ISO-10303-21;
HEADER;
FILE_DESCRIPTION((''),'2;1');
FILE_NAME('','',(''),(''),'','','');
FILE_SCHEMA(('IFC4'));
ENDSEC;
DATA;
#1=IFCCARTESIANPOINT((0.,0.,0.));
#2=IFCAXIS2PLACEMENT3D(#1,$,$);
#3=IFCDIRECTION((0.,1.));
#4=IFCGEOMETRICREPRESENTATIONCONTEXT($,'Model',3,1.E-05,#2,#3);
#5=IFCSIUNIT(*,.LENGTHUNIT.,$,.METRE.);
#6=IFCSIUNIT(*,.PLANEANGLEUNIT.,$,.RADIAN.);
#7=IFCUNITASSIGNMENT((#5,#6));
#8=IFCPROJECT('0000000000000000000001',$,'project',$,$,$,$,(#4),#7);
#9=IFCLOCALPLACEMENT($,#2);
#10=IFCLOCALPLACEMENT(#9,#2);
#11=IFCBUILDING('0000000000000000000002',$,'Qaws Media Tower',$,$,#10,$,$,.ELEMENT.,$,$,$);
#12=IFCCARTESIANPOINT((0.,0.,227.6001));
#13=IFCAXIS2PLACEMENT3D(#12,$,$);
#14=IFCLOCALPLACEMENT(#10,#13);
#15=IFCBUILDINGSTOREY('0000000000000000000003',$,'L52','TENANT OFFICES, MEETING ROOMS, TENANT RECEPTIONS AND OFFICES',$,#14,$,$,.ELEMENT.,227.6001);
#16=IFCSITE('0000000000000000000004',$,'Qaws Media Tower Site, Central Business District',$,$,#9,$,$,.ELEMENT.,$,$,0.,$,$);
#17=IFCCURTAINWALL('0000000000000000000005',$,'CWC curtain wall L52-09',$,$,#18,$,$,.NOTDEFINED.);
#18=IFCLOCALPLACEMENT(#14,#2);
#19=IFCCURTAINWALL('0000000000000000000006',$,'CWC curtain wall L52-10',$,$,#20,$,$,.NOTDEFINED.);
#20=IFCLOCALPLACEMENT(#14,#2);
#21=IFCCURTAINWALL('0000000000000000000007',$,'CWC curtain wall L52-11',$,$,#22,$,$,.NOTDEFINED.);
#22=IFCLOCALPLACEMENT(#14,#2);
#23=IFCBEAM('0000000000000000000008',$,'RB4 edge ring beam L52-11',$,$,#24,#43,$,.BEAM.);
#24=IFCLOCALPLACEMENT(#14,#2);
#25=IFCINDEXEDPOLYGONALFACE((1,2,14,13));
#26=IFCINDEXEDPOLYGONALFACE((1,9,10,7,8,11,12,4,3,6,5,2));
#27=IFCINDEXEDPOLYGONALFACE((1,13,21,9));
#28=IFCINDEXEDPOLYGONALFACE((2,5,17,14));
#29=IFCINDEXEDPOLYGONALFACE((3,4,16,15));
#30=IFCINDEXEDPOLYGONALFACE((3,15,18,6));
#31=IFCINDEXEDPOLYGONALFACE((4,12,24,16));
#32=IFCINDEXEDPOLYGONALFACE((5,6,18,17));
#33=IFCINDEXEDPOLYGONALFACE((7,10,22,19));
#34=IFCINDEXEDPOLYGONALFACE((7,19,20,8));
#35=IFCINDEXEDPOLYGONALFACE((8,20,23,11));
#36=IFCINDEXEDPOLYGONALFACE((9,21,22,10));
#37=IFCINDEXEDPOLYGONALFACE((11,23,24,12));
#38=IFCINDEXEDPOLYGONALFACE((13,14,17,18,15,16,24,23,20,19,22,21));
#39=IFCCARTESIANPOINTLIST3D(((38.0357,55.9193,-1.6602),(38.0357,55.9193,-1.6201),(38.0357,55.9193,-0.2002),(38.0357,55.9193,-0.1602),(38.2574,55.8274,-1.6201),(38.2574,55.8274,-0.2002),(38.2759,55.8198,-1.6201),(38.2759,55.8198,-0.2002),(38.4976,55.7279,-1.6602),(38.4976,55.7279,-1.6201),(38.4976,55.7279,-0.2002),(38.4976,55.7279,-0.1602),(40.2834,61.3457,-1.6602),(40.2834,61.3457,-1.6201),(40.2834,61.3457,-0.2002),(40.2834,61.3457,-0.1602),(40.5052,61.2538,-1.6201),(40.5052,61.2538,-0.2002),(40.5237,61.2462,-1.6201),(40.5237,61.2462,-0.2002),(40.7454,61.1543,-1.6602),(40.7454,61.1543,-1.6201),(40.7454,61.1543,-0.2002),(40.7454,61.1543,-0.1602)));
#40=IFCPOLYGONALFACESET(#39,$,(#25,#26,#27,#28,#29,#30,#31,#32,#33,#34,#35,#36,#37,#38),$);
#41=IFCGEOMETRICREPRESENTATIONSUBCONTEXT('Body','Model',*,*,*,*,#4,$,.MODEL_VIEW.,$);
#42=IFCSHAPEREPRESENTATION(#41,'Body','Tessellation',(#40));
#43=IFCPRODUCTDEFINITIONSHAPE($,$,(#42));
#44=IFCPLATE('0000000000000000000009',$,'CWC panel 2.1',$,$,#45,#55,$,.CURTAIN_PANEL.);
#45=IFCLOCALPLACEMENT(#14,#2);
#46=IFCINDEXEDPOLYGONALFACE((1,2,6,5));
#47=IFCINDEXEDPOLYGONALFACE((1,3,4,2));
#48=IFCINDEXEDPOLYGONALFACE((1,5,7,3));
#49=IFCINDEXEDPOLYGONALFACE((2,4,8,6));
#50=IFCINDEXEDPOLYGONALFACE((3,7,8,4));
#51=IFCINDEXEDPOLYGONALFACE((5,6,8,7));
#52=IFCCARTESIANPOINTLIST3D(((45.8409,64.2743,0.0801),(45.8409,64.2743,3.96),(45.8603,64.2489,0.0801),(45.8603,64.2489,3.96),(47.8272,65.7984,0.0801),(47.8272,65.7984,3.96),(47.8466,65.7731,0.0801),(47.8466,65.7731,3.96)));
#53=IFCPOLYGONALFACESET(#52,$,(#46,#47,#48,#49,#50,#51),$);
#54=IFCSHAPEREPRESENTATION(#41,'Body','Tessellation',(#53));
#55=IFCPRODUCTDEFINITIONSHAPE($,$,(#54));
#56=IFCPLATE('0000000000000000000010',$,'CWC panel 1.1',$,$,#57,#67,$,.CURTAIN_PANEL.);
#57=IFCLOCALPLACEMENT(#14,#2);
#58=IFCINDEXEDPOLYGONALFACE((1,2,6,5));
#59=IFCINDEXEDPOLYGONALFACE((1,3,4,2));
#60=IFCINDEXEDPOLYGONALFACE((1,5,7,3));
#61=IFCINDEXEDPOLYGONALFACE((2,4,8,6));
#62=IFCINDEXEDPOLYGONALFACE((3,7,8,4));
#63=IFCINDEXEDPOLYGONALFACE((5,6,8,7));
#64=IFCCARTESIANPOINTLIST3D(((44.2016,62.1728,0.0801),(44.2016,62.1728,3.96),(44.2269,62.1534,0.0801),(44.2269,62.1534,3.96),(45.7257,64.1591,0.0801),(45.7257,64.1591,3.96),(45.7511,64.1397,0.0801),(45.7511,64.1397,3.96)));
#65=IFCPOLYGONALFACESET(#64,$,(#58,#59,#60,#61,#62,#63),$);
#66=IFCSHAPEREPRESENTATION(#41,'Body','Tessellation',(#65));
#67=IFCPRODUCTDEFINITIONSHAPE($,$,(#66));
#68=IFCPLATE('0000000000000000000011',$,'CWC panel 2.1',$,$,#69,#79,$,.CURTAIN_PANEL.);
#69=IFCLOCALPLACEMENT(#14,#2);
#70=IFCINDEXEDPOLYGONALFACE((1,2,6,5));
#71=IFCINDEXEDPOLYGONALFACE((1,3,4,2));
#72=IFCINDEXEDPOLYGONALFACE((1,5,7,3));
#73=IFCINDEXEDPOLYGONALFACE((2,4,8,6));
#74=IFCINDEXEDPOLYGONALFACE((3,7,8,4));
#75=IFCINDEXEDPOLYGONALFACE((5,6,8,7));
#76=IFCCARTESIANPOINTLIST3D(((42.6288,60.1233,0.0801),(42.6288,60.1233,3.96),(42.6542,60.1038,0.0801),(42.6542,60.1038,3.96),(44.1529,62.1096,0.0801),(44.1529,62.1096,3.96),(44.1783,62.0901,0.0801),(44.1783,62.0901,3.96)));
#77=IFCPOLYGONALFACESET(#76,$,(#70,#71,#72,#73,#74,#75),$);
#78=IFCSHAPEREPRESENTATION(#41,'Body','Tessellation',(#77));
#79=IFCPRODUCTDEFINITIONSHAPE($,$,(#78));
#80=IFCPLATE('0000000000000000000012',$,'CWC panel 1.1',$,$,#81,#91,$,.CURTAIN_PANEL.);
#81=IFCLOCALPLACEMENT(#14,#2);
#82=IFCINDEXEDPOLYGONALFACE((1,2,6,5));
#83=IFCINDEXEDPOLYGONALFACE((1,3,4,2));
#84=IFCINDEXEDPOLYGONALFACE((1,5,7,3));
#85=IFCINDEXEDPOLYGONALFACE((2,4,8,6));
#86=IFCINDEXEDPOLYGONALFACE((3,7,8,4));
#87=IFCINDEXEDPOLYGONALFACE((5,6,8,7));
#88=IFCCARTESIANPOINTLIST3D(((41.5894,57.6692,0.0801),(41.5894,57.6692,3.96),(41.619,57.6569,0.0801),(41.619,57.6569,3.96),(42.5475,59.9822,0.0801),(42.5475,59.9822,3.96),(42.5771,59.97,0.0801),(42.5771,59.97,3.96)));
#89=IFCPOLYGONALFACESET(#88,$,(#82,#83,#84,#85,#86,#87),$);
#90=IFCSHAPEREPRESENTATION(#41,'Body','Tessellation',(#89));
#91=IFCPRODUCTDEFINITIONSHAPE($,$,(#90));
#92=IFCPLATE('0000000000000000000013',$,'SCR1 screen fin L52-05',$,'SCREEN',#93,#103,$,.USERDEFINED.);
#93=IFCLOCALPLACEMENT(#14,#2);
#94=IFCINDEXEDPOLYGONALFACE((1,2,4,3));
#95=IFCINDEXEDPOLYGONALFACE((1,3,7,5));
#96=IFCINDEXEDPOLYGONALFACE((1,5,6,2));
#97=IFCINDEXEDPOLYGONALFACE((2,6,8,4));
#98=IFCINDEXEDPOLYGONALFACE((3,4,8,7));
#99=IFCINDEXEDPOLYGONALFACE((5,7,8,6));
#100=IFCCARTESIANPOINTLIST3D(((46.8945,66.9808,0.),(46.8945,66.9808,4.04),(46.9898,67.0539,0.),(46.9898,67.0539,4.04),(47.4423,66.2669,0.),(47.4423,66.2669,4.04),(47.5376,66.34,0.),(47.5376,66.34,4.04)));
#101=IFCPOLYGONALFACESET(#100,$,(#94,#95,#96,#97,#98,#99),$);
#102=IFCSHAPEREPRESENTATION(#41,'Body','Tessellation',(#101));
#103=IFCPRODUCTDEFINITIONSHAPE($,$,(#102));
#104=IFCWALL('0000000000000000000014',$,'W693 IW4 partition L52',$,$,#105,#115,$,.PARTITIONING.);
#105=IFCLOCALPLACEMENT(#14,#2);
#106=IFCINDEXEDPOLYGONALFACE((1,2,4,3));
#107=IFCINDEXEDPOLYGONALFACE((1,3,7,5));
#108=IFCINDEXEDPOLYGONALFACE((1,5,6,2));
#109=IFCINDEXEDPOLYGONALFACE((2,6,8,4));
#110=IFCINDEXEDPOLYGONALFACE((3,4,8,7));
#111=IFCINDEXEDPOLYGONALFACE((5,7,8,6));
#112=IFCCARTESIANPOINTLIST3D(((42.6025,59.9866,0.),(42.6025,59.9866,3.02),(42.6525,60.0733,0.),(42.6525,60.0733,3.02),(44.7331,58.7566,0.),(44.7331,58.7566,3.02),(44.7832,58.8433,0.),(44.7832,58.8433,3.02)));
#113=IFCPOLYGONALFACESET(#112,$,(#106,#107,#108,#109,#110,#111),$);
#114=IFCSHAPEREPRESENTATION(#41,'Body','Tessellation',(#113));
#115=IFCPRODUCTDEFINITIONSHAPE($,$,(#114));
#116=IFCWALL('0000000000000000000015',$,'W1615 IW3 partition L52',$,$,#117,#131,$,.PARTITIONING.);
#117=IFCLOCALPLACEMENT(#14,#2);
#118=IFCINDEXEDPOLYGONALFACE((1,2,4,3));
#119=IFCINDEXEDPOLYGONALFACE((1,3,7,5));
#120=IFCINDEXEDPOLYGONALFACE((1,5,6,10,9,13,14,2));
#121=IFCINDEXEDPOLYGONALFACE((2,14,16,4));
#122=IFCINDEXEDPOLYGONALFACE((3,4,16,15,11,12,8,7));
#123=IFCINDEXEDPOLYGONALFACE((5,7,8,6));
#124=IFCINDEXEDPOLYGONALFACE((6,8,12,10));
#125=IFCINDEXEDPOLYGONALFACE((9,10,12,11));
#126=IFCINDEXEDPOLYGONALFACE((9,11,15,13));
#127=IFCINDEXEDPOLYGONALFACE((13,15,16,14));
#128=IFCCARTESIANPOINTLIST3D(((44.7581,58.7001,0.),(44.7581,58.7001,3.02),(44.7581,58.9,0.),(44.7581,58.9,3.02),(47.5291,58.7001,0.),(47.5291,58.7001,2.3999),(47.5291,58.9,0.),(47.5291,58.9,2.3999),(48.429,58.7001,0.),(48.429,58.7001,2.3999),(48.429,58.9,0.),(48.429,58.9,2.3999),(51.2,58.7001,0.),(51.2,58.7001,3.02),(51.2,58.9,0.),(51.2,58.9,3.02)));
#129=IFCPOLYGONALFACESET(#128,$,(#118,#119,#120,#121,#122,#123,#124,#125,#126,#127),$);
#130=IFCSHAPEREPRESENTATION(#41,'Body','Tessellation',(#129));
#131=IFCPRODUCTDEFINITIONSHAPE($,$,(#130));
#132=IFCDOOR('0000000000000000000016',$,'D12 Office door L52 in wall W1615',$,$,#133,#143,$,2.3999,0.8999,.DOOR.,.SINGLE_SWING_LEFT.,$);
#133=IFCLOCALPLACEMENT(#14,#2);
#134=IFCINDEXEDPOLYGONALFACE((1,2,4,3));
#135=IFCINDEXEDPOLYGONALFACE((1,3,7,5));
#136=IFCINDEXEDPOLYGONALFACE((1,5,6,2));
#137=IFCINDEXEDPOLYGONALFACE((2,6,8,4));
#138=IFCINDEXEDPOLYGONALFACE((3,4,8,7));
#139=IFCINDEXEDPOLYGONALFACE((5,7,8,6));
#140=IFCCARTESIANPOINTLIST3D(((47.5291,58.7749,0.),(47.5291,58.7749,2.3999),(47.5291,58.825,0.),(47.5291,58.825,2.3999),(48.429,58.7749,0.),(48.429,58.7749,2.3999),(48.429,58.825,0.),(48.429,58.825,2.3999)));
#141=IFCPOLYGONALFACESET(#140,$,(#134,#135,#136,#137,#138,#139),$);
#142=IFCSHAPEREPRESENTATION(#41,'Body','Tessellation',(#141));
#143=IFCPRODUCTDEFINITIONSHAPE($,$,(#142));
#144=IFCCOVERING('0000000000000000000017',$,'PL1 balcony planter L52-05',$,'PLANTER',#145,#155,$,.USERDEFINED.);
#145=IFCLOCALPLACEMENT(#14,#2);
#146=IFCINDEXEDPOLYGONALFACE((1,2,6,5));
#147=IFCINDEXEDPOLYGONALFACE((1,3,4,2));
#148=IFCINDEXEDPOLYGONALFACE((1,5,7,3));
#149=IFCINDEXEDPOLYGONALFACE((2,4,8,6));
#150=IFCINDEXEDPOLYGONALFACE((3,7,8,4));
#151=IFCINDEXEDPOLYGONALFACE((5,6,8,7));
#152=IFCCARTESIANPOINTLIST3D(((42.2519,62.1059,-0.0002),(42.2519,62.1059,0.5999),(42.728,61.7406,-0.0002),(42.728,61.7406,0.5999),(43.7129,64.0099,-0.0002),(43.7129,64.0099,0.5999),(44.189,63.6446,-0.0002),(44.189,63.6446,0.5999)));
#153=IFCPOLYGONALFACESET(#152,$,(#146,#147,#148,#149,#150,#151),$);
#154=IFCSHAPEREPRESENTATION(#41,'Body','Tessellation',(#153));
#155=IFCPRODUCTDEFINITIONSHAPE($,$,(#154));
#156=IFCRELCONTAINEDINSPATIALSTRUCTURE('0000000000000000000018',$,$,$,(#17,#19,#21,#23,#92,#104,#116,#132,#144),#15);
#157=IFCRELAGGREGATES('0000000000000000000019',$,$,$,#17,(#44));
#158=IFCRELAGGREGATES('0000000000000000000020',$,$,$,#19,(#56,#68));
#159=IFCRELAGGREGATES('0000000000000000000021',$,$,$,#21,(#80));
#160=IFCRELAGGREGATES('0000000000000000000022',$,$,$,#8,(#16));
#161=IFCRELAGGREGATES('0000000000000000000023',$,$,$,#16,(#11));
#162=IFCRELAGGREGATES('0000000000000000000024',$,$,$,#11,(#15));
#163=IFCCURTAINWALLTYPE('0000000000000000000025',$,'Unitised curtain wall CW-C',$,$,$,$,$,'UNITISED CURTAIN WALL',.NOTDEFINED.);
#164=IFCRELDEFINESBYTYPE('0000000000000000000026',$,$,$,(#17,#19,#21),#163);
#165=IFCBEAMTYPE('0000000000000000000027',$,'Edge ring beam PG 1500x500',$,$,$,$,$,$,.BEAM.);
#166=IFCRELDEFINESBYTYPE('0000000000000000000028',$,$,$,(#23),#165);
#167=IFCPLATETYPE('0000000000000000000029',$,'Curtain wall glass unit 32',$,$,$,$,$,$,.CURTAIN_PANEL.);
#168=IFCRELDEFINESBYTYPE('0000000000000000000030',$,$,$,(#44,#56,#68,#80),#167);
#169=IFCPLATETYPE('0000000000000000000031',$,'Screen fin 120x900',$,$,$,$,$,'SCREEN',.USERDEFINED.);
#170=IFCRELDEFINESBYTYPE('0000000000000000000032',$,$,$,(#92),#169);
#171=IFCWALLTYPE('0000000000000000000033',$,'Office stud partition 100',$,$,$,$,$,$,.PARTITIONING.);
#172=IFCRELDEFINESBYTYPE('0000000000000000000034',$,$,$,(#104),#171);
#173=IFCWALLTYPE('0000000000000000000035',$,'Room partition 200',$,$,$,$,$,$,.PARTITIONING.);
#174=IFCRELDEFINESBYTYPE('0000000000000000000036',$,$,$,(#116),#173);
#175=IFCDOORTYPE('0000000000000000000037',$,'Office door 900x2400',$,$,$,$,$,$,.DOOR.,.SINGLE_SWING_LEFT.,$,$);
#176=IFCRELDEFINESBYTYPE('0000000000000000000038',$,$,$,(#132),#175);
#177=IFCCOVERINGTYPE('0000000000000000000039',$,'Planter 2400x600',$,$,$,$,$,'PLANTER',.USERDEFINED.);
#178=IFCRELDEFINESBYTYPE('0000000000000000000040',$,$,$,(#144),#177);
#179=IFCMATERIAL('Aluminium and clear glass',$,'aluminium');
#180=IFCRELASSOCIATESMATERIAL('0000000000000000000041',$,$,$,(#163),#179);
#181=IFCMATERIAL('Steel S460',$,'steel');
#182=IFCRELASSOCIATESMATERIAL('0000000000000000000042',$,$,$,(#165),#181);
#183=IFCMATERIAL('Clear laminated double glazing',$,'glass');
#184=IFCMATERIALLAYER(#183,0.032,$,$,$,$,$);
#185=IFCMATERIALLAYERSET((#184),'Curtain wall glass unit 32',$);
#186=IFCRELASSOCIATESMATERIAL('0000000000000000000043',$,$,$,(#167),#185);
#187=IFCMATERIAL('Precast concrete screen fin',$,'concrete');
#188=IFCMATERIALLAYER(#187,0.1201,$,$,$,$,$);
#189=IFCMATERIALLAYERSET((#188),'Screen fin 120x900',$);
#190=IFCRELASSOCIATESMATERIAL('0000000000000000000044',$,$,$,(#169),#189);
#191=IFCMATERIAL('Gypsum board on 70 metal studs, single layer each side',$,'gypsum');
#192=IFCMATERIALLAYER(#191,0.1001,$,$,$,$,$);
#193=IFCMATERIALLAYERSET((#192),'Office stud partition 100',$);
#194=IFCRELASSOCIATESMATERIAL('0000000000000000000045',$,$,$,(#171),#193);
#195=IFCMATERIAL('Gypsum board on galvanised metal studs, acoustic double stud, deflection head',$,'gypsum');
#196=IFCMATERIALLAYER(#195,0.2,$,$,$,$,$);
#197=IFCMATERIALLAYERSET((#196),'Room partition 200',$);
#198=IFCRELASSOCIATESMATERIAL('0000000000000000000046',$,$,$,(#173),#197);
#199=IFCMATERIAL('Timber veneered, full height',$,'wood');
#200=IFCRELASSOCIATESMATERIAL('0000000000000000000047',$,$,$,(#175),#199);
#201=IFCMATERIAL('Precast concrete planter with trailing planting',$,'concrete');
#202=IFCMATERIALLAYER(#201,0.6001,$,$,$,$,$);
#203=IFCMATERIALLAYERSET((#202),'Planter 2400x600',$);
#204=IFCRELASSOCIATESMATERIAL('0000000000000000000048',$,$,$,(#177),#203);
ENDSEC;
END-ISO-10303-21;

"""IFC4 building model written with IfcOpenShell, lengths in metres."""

from ifc_helpers import new_model, si_unit, direction, frame, frame_2d, origin, origin_2d, place, context, subcontext, project, spatial, rectangle, i_section, extrude, material, layer, layer_set, material_profile, profile_set, type_object, element, fill, aggregate, save


model = new_model("IFC4")

# Units and contexts
model_context = context("Model", 3, precision=1e-05, world=origin(), true_north=direction((0.0, 1.0)))
body_context = subcontext(model_context, "Body", "Model", "MODEL_VIEW")
ifc_project = project(units=[si_unit("LENGTHUNIT", "METRE"), si_unit("PLANEANGLEUNIT", "RADIAN")], contexts=[model_context])

# Site, building, storey
site_placement = place(None, origin())
site = spatial("IfcSite", under=ifc_project, at=site_placement, Name="Qaws Media Tower Site, Central Business District", CompositionType="ELEMENT", RefElevation=0.0)
building_placement = place(site_placement, origin())
building = spatial("IfcBuilding", under=site, at=building_placement, Name="Qaws Media Tower", CompositionType="ELEMENT")
storey_placement = place(building_placement, frame((0.0, 0.0, 227.6001)))
storey = spatial("IfcBuildingStorey", under=building, at=storey_placement, Name="L52", Description="TENANT OFFICES, MEETING ROOMS, TENANT RECEPTIONS AND OFFICES", CompositionType="ELEMENT", Elevation=227.6001)

# Curtain walls
ifc_material_1 = material(Name="Aluminium and clear glass", Category="aluminium")
curtain_wall_type = type_object("IfcCurtainWallType", Name="Unitised curtain wall CW-C", ElementType="UNITISED CURTAIN WALL", PredefinedType="NOTDEFINED", material=ifc_material_1)
curtain_wall_1_placement = place(storey_placement, origin())
curtain_wall_1 = element("IfcCurtainWall", 1, at=curtain_wall_1_placement, inside=storey, type_object=curtain_wall_type, Name="CWC curtain wall L52-09", PredefinedType="NOTDEFINED")
curtain_wall_2_placement = place(storey_placement, origin())
curtain_wall_2 = element("IfcCurtainWall", 2, at=curtain_wall_2_placement, inside=storey, type_object=curtain_wall_type, Name="CWC curtain wall L52-10", PredefinedType="NOTDEFINED")

# Curtain wall
curtain_wall_3_placement = place(storey_placement, origin())
curtain_wall_3 = element("IfcCurtainWall", 3, at=curtain_wall_3_placement, inside=storey, type_object=curtain_wall_type, Name="CWC curtain wall L52-11", PredefinedType="NOTDEFINED")

# Beam
ifc_material_2 = material(Name="Steel S460", Category="steel")
ifc_material_profile_1 = material_profile(ifc_material_2, i_section(OverallWidth=0.5, OverallDepth=1.5, WebThickness=0.02, FlangeThickness=0.04, at=origin_2d()), Name="PG 1500x500")
ifc_profile_set_1 = profile_set([ifc_material_profile_1], Name="Steel S460")
beam_type = type_object("IfcBeamType", Name="Edge ring beam PG 1500x500", PredefinedType="BEAM", material=ifc_profile_set_1)
beam_1_placement = place(storey_placement, frame((40.5144, 61.25, -0.9102), z_axis=(-0.382693, -0.923875, 0.0), x_axis=(0.923875, -0.382693, 0.0)))
element("IfcBeam", 4, at=beam_1_placement, inside=storey, type_object=beam_type, Name="RB4 edge ring beam L52-11", PredefinedType="BEAM", context=body_context, shape_type="SweptSolid", body=[
    extrude(i_section(OverallWidth=0.5, OverallDepth=1.5, WebThickness=0.02, FlangeThickness=0.04, at=origin_2d()), origin(), (0.0, 0.0, 1.0), 5.8735),
])

# Plates
ifc_material_3 = material(Name="Clear laminated double glazing", Category="glass")
ifc_layer_1 = layer(ifc_material_3, 0.032)
ifc_layer_set_1 = layer_set([ifc_layer_1], Name="Curtain wall glass unit 32")
plate_type_1 = type_object("IfcPlateType", Name="Curtain wall glass unit 32", PredefinedType="CURTAIN_PANEL", material=ifc_layer_set_1)
plate_1_placement = place(storey_placement, frame((46.8438, 65.0237, 0.0801), z_axis=(0.0, 0.0, 1.0), x_axis=(-0.793353, -0.608762, 0.0)))
plate_1 = element("IfcPlate", 5, at=plate_1_placement, type_object=plate_type_1, Name="CWC panel 2.1", PredefinedType="CURTAIN_PANEL", context=body_context, shape_type="SweptSolid", body=[
    extrude(rectangle(XDim=2.5037, YDim=0.032, at=origin_2d()), origin(), (0.0, 0.0, 1.0), 3.8799),
])
aggregate(curtain_wall_1, [plate_1])
plate_2_placement = place(storey_placement, frame((44.9763, 63.1562, 0.0801), z_axis=(0.0, 0.0, 1.0), x_axis=(-0.608762, -0.793353, 0.0)))
plate_2 = element("IfcPlate", 6, at=plate_2_placement, type_object=plate_type_1, Name="CWC panel 1.1", PredefinedType="CURTAIN_PANEL", context=body_context, shape_type="SweptSolid", body=[
    extrude(rectangle(XDim=2.5037, YDim=0.032, at=origin_2d()), origin(), (0.0, 0.0, 1.0), 3.8799),
])
plate_3_placement = place(storey_placement, frame((43.4036, 61.1067, 0.0801), z_axis=(0.0, 0.0, 1.0), x_axis=(-0.608762, -0.793353, 0.0)))
plate_3 = element("IfcPlate", 7, at=plate_3_placement, type_object=plate_type_1, Name="CWC panel 2.1", PredefinedType="CURTAIN_PANEL", context=body_context, shape_type="SweptSolid", body=[
    extrude(rectangle(XDim=2.5037, YDim=0.032, at=origin_2d()), origin(), (0.0, 0.0, 1.0), 3.8799),
])
aggregate(curtain_wall_2, [plate_2, plate_3])
plate_4_placement = place(storey_placement, frame((42.0833, 58.8196, 0.0801), z_axis=(0.0, 0.0, 1.0), x_axis=(-0.382683, -0.92388, 0.0)))
plate_4 = element("IfcPlate", 8, at=plate_4_placement, type_object=plate_type_1, Name="CWC panel 1.1", PredefinedType="CURTAIN_PANEL", context=body_context, shape_type="SweptSolid", body=[
    extrude(rectangle(XDim=2.5037, YDim=0.032, at=origin_2d()), origin(), (0.0, 0.0, 1.0), 3.8799),
])
aggregate(curtain_wall_3, [plate_4])
ifc_material_4 = material(Name="Precast concrete screen fin", Category="concrete")
ifc_layer_2 = layer(ifc_material_4, 0.1201)
ifc_layer_set_2 = layer_set([ifc_layer_2], Name="Screen fin 120x900")
plate_type_2 = type_object("IfcPlateType", Name="Screen fin 120x900", ElementType="SCREEN", PredefinedType="USERDEFINED", material=ifc_layer_set_2)
plate_5_placement = place(storey_placement, frame((47.2161, 66.6604, 0.0), z_axis=(0.0, 0.0, 1.0), x_axis=(-0.608761, 0.793353, 0.0)))
element("IfcPlate", 9, at=plate_5_placement, inside=storey, type_object=plate_type_2, Name="SCR1 screen fin L52-05", ObjectType="SCREEN", PredefinedType="USERDEFINED", context=body_context, shape_type="SweptSolid", body=[
    extrude(rectangle(XDim=0.8999, YDim=0.1201, at=origin_2d()), origin(), (0.0, 0.0, 1.0), 4.04),
])

# Wall
ifc_material_5 = material(Name="Gypsum board on 70 metal studs, single layer each side", Category="gypsum")
ifc_layer_3 = layer(ifc_material_5, 0.1001)
ifc_layer_set_3 = layer_set([ifc_layer_3], Name="Office stud partition 100")
wall_type_1 = type_object("IfcWallType", Name="Office stud partition 100", PredefinedType="PARTITIONING", material=ifc_layer_set_3)
wall_1_placement = place(storey_placement, frame((44.7581, 58.8, 0.0), z_axis=(0.0, 0.0, 1.0), x_axis=(-0.866048, 0.49996, 0.0)))
element("IfcWall", 10, at=wall_1_placement, inside=storey, type_object=wall_type_1, Name="W693 IW4 partition L52", PredefinedType="PARTITIONING", context=body_context, shape_type="SweptSolid", body=[
    extrude(rectangle(XDim=2.4602, YDim=0.1001, at=frame_2d((1.23, 0.0))), origin(), (0.0, 0.0, 1.0), 3.02),
])

# Wall, opening, door
ifc_material_6 = material(Name="Gypsum board on galvanised metal studs, acoustic double stud, deflection head", Category="gypsum")
ifc_layer_4 = layer(ifc_material_6, 0.2)
ifc_layer_set_4 = layer_set([ifc_layer_4], Name="Room partition 200")
wall_type_2 = type_object("IfcWallType", Name="Room partition 200", PredefinedType="PARTITIONING", material=ifc_layer_set_4)
wall_2_placement = place(storey_placement, frame((44.7581, 58.8, 0.0), z_axis=(0.0, 0.0, 1.0), x_axis=(1.0, 0.0, 0.0)))
wall_2 = element("IfcWall", 11, at=wall_2_placement, inside=storey, type_object=wall_type_2, Name="W1615 IW3 partition L52", PredefinedType="PARTITIONING", context=body_context, shape_type="SweptSolid", body=[
    extrude(rectangle(XDim=6.4419, YDim=0.2, at=frame_2d((3.2209, 0.0))), origin(), (0.0, 0.0, 1.0), 3.02),
])
opening_placement = place(wall_2_placement, frame((2.771, 0.0, 0.0)))
opening = element("IfcOpeningElement", 12, at=opening_placement, cuts=wall_2, PredefinedType="OPENING", context=body_context, shape_type="SweptSolid", body=[
    extrude(rectangle(XDim=0.8999, YDim=2.3999, at=frame_2d((0.45, 1.2))), frame((0.0, 0.1099, 0.0), z_axis=(0.0, -1.0, 0.0), x_axis=(1.0, 0.0, 0.0)), (0.0, 0.0, 1.0), 0.22),
])
ifc_material_7 = material(Name="Timber veneered, full height", Category="wood")
door_type = type_object("IfcDoorType", Name="Office door 900x2400", OperationType="SINGLE_SWING_LEFT", PredefinedType="DOOR", material=ifc_material_7)
door_placement = place(opening_placement, origin())
door = element("IfcDoor", 13, at=door_placement, inside=storey, type_object=door_type, Name="D12 Office door L52 in wall W1615", OperationType="SINGLE_SWING_LEFT", OverallHeight=2.3999, OverallWidth=0.8999, PredefinedType="DOOR", context=body_context, shape_type="SweptSolid", body=[
    extrude(rectangle(XDim=0.8999, YDim=2.3999, at=frame_2d((0.45, 1.2))), frame((0.0, 0.0249, 0.0), z_axis=(0.0, -1.0, 0.0), x_axis=(1.0, 0.0, 0.0)), (0.0, 0.0, 1.0), 0.05),
])
fill(opening, door)

# Covering
ifc_material_8 = material(Name="Precast concrete planter with trailing planting", Category="concrete")
ifc_layer_5 = layer(ifc_material_8, 0.6001)
ifc_layer_set_5 = layer_set([ifc_layer_5], Name="Planter 2400x600")
covering_type = type_object("IfcCoveringType", Name="Planter 2400x600", ElementType="PLANTER", PredefinedType="USERDEFINED", material=ifc_layer_set_5)
covering_placement = place(storey_placement, frame((43.2205, 62.8752, -0.0002), z_axis=(0.0, 0.0, 1.0), x_axis=(-0.608761, -0.793353, 0.0)))
element("IfcCovering", 14, at=covering_placement, inside=storey, type_object=covering_type, Name="PL1 balcony planter L52-05", ObjectType="PLANTER", PredefinedType="USERDEFINED", context=body_context, shape_type="SweptSolid", body=[
    extrude(rectangle(XDim=2.3999, YDim=0.6001, at=origin_2d()), origin(), (0.0, 0.0, 1.0), 0.6001),
])

save(model, "model.ifc")
